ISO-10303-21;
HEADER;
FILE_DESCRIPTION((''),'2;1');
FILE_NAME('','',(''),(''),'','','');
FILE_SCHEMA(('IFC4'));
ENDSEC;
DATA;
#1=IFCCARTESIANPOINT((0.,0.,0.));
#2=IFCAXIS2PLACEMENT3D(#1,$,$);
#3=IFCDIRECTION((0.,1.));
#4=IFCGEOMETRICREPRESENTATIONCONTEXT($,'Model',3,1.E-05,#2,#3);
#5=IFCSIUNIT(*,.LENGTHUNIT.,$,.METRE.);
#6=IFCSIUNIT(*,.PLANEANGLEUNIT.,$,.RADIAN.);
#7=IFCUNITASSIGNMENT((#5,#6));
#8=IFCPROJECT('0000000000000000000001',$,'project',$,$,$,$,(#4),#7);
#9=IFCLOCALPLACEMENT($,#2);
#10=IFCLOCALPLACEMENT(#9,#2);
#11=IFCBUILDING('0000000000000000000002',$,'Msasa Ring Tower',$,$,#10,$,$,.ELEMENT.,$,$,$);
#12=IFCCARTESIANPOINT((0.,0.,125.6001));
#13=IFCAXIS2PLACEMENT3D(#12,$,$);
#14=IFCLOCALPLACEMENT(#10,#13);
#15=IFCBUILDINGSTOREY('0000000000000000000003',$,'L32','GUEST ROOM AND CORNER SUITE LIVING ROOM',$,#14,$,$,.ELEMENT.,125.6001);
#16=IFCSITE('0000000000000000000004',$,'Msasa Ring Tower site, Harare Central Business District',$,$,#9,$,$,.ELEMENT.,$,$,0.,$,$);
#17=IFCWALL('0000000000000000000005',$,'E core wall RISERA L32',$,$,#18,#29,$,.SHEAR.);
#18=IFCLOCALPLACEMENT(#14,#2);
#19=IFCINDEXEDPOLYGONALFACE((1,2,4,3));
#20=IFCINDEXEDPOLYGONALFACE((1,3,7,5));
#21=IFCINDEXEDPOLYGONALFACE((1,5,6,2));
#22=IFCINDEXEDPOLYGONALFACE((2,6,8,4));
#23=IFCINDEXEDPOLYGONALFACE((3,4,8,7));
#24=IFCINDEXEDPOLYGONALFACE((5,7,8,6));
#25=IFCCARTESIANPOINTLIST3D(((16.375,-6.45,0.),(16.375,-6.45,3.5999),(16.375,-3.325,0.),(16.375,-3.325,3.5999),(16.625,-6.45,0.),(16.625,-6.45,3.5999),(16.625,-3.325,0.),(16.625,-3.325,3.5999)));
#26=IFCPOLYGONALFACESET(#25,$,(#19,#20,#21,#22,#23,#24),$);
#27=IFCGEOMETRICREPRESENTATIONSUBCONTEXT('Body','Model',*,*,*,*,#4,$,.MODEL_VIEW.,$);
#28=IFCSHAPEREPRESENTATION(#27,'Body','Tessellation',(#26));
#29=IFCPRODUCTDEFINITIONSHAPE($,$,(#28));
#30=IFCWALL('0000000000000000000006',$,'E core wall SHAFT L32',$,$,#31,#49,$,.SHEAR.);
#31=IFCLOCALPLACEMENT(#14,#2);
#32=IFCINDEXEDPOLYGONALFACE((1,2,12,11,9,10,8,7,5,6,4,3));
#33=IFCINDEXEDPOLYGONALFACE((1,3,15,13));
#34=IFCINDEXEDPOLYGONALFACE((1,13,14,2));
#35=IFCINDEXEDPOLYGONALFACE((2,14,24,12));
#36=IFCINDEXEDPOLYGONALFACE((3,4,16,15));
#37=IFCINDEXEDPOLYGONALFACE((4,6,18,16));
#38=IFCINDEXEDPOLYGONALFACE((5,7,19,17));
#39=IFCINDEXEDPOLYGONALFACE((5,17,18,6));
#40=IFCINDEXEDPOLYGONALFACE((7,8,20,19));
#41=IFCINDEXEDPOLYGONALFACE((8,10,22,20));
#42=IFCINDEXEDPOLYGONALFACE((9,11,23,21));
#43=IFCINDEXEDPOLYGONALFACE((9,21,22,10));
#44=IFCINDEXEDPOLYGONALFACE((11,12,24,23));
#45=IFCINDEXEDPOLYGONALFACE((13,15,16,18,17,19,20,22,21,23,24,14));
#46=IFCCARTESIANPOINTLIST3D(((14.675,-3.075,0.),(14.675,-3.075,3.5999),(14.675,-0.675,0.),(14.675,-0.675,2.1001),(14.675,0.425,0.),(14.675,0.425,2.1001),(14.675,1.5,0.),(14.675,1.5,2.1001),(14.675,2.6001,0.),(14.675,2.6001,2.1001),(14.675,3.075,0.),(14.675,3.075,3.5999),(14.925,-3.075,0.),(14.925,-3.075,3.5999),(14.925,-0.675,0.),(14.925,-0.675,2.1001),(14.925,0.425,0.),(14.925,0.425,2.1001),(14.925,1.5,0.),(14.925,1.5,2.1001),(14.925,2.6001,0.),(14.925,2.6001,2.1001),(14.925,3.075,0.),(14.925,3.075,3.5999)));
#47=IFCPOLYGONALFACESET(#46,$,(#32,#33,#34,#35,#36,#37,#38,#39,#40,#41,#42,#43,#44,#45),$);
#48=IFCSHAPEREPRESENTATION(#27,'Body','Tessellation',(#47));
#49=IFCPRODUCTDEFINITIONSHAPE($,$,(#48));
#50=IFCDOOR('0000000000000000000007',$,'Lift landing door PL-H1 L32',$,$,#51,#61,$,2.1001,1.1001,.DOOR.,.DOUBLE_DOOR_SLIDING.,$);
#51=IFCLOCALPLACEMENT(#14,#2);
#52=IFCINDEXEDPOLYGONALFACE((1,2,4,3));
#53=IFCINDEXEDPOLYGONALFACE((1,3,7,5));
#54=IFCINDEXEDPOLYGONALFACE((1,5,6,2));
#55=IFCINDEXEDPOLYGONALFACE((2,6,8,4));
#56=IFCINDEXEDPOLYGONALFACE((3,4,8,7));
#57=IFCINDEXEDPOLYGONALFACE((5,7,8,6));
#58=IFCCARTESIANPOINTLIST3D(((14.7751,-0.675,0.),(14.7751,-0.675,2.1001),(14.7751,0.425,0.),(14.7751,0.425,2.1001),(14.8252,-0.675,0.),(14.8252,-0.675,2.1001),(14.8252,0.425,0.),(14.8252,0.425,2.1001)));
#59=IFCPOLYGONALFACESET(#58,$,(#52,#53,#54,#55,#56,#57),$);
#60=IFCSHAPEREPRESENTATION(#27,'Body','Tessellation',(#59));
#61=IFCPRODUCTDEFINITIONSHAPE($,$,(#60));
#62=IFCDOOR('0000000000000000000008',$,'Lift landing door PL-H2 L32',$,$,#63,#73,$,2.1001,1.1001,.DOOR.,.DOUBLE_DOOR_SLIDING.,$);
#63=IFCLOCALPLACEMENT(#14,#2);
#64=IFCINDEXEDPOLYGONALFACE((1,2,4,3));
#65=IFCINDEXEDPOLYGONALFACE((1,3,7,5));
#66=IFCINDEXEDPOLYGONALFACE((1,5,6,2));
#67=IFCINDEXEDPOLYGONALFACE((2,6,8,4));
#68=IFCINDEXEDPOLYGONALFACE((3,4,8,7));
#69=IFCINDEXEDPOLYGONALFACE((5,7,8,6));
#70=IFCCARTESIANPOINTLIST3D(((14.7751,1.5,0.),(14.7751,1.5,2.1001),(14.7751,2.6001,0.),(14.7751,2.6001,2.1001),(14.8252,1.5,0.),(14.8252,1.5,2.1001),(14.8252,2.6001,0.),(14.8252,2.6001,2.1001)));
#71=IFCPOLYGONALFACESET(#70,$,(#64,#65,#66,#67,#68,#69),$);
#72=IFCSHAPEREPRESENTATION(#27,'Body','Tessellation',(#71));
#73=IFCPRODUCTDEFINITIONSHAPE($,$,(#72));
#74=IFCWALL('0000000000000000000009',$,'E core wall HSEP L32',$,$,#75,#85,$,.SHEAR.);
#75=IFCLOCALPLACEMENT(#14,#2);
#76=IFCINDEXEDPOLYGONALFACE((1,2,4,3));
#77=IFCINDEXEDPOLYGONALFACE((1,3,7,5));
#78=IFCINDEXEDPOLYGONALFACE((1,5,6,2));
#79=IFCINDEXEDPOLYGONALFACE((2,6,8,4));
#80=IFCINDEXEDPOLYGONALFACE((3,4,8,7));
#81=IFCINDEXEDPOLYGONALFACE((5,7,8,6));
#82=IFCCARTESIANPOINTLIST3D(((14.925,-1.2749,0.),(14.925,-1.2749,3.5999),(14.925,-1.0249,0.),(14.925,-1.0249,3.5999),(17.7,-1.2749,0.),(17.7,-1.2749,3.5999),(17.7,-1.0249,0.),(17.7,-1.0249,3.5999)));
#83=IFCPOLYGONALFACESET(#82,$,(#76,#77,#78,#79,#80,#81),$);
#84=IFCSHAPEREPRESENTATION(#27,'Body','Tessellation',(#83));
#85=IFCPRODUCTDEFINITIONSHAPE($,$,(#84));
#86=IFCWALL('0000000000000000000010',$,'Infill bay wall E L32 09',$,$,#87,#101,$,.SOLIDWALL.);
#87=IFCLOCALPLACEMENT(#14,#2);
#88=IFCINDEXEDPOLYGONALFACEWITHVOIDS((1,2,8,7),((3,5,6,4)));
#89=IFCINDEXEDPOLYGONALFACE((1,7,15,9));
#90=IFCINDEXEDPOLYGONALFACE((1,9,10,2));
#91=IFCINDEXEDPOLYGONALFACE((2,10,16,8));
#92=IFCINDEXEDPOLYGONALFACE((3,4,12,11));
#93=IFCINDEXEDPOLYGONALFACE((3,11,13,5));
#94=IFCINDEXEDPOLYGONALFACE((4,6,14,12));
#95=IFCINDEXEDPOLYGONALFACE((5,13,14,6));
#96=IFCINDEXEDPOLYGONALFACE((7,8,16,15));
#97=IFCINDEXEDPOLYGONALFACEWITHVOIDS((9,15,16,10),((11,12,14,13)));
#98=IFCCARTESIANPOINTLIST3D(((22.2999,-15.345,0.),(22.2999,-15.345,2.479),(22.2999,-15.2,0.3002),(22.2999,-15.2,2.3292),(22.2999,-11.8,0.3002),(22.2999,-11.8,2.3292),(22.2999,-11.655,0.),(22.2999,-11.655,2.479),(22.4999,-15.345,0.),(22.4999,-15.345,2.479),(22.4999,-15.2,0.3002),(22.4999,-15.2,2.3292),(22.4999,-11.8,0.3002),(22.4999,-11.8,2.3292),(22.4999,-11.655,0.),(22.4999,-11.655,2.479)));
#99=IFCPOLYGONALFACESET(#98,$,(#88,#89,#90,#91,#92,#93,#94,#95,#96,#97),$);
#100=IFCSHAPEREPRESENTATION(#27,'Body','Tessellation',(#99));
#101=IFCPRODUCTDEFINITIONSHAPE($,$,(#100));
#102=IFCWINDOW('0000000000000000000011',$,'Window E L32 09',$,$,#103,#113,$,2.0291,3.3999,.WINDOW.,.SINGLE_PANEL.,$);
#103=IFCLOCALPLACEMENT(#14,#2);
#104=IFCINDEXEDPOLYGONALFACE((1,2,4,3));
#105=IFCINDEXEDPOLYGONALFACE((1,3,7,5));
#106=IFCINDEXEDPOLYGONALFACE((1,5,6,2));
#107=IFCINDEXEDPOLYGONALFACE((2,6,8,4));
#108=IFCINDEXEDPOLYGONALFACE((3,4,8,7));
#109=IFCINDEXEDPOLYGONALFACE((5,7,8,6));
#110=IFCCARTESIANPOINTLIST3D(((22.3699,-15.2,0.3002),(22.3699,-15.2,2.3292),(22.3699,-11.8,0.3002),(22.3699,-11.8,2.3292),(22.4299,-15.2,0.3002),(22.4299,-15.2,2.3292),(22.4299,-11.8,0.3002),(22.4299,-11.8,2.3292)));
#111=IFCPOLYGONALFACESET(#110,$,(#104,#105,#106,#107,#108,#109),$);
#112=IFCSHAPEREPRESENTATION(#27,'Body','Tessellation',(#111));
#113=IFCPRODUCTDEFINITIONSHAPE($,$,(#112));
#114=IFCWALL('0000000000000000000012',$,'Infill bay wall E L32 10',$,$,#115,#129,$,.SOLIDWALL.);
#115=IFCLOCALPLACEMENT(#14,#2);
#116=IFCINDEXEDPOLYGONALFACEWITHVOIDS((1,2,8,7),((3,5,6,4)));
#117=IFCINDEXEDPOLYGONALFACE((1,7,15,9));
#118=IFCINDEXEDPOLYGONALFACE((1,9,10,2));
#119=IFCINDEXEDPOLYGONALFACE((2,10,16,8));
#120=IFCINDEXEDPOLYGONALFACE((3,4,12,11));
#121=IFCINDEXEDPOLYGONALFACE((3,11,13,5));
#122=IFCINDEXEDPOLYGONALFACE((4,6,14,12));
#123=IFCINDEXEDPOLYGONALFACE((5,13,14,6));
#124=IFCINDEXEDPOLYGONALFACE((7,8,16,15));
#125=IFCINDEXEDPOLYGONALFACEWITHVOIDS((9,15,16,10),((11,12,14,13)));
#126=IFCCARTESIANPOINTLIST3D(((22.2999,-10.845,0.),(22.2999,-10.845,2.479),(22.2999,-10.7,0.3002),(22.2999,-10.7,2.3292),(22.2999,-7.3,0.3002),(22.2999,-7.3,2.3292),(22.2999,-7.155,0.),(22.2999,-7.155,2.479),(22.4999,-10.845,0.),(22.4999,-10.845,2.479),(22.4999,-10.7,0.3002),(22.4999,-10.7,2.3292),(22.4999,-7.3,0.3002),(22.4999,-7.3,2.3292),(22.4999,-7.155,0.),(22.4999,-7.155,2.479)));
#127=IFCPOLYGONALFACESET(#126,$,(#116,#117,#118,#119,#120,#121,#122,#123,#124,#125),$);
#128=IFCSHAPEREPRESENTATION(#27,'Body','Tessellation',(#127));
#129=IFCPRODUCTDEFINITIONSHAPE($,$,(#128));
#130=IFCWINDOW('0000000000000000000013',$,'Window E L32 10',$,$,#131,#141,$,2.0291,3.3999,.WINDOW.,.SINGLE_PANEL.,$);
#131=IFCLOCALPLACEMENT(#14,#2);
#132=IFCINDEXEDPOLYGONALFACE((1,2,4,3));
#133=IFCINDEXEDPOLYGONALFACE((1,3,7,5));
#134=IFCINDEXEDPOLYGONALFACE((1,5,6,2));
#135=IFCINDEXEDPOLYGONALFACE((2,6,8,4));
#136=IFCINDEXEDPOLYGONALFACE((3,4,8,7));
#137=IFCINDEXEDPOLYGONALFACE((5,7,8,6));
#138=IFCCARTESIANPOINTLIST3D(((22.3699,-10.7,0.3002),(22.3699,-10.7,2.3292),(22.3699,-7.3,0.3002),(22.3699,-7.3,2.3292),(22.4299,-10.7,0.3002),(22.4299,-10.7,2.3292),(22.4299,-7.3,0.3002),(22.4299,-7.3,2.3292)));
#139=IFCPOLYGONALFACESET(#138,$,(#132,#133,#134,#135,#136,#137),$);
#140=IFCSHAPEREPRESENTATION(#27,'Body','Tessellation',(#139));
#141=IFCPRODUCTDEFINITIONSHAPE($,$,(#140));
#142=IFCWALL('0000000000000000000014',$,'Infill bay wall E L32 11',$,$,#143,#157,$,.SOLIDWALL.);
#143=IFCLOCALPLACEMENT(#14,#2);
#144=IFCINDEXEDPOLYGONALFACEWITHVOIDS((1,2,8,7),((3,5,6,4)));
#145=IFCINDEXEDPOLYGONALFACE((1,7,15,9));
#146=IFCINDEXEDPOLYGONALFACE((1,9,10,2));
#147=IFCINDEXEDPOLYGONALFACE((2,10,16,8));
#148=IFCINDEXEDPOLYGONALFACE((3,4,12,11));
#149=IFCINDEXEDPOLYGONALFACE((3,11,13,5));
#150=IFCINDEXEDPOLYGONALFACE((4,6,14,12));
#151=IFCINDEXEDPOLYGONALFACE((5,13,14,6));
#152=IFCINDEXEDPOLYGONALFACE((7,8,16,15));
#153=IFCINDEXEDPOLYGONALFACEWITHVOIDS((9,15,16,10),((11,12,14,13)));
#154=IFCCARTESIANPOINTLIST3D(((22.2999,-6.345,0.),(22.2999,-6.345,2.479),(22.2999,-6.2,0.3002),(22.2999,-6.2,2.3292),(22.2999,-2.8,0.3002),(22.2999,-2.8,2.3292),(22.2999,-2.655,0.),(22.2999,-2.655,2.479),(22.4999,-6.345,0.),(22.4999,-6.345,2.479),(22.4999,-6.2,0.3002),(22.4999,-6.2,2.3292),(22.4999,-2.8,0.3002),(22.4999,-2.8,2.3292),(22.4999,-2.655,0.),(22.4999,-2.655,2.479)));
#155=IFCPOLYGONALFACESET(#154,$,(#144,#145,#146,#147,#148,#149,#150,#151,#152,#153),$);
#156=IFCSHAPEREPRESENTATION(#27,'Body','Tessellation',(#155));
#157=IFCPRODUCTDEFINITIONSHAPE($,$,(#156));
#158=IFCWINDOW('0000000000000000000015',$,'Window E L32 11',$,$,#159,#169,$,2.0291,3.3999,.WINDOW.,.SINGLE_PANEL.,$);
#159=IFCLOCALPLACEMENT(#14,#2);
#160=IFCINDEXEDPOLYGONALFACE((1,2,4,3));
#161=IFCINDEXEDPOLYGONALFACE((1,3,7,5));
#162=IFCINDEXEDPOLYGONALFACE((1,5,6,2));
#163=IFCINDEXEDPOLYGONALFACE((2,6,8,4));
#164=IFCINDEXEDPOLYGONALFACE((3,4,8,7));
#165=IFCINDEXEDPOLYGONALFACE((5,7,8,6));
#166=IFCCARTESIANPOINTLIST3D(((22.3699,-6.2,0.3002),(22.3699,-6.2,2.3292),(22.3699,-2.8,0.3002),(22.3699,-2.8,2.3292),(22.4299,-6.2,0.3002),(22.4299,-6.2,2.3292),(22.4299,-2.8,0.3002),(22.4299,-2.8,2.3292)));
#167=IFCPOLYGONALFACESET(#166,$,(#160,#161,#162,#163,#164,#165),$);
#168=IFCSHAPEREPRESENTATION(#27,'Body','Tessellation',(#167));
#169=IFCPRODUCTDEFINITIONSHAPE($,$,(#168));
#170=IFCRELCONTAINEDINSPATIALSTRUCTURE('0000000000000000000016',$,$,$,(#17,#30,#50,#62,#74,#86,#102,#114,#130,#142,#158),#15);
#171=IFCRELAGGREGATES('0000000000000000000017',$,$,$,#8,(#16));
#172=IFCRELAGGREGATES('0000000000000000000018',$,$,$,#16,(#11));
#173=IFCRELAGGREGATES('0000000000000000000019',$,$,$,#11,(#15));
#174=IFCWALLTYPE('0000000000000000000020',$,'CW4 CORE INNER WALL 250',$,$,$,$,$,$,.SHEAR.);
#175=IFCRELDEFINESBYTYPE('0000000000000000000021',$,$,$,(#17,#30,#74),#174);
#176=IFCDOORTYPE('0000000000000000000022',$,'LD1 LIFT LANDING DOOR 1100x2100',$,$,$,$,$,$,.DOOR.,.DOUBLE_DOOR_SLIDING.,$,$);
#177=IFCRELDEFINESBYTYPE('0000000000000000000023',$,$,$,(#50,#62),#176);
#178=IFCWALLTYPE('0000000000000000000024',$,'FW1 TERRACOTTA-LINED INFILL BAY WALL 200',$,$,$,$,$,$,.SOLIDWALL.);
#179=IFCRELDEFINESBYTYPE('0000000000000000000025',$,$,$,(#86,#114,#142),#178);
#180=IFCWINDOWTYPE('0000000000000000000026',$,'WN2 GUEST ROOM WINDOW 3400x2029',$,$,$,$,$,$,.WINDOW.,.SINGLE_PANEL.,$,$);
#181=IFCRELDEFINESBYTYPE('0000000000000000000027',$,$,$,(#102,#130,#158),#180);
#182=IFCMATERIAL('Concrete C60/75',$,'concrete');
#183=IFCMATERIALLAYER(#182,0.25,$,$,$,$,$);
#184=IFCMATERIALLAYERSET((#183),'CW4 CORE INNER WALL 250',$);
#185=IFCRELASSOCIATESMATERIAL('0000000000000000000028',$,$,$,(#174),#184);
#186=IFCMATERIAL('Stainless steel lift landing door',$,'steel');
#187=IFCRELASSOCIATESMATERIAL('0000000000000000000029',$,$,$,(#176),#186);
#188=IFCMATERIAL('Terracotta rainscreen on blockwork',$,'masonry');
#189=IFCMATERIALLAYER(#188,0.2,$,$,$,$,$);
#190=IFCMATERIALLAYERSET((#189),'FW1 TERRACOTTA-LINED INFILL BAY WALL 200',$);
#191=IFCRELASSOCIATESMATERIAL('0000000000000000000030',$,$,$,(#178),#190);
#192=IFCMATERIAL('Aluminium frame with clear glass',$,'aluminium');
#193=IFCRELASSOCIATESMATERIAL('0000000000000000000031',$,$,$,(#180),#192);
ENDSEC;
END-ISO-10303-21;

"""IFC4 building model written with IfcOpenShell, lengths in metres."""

from ifc_helpers import new_model, si_unit, direction, frame, frame_2d, origin, place, context, subcontext, project, spatial, rectangle, extrude, material, layer, layer_set, type_object, element, fill, save


model = new_model("IFC4")

# Units and contexts
model_context = context("Model", 3, precision=1e-05, world=origin(), true_north=direction((0.0, 1.0)))
body_context = subcontext(model_context, "Body", "Model", "MODEL_VIEW")
ifc_project = project(units=[si_unit("LENGTHUNIT", "METRE"), si_unit("PLANEANGLEUNIT", "RADIAN")], contexts=[model_context])

# Site, building, storey
site_placement = place(None, origin())
site = spatial("IfcSite", under=ifc_project, at=site_placement, Name="Msasa Ring Tower site, Harare Central Business District", CompositionType="ELEMENT", RefElevation=0.0)
building_placement = place(site_placement, origin())
building = spatial("IfcBuilding", under=site, at=building_placement, Name="Msasa Ring Tower", CompositionType="ELEMENT")
storey_placement = place(building_placement, frame((0.0, 0.0, 125.6001)))
storey = spatial("IfcBuildingStorey", under=building, at=storey_placement, Name="L32", Description="GUEST ROOM AND CORNER SUITE LIVING ROOM", CompositionType="ELEMENT", Elevation=125.6001)

# Wall
ifc_material_1 = material(Name="Concrete C60/75", Category="concrete")
ifc_layer_1 = layer(ifc_material_1, 0.25)
ifc_layer_set_1 = layer_set([ifc_layer_1], Name="CW4 CORE INNER WALL 250")
wall_type_1 = type_object("IfcWallType", Name="CW4 CORE INNER WALL 250", PredefinedType="SHEAR", material=ifc_layer_set_1)
wall_1_placement = place(storey_placement, frame((16.5, -6.45, 0.0), z_axis=(0.0, 0.0, 1.0), x_axis=(0.0, 1.0, 0.0)))
element("IfcWall", 1, at=wall_1_placement, inside=storey, type_object=wall_type_1, Name="E core wall RISERA L32", PredefinedType="SHEAR", context=body_context, shape_type="SweptSolid", body=[
    extrude(rectangle(XDim=3.125, YDim=0.25, at=frame_2d((1.5625, 0.0))), origin(), (0.0, 0.0, 1.0), 3.5999),
])

# Wall, openings, doors
wall_2_placement = place(storey_placement, frame((14.8, -3.075, 0.0), z_axis=(0.0, 0.0, 1.0), x_axis=(0.0, 1.0, 0.0)))
wall_2 = element("IfcWall", 2, at=wall_2_placement, inside=storey, type_object=wall_type_1, Name="E core wall SHAFT L32", PredefinedType="SHEAR", context=body_context, shape_type="SweptSolid", body=[
    extrude(rectangle(XDim=6.1499, YDim=0.25, at=frame_2d((3.075, 0.0))), origin(), (0.0, 0.0, 1.0), 3.5999),
])
opening_1_placement = place(wall_2_placement, frame((2.3999, 0.0, 0.0)))
opening_1 = element("IfcOpeningElement", 3, at=opening_1_placement, cuts=wall_2, PredefinedType="OPENING", context=body_context, shape_type="SweptSolid", body=[
    extrude(rectangle(XDim=1.1001, YDim=2.1001, at=frame_2d((0.55, 1.05))), frame((0.0, 0.135, 0.0), z_axis=(0.0, -1.0, 0.0), x_axis=(1.0, 0.0, 0.0)), (0.0, 0.0, 1.0), 0.27),
])
opening_2_placement = place(wall_2_placement, frame((4.575, 0.0, 0.0)))
opening_2 = element("IfcOpeningElement", 4, at=opening_2_placement, cuts=wall_2, PredefinedType="OPENING", context=body_context, shape_type="SweptSolid", body=[
    extrude(rectangle(XDim=1.1001, YDim=2.1001, at=frame_2d((0.55, 1.05))), frame((0.0, 0.135, 0.0), z_axis=(0.0, -1.0, 0.0), x_axis=(1.0, 0.0, 0.0)), (0.0, 0.0, 1.0), 0.27),
])
ifc_material_2 = material(Name="Stainless steel lift landing door", Category="steel")
door_type_1 = type_object("IfcDoorType", Name="LD1 LIFT LANDING DOOR 1100x2100", OperationType="DOUBLE_DOOR_SLIDING", PredefinedType="DOOR", material=ifc_material_2)
door_1_placement = place(opening_1_placement, origin())
door_1 = element("IfcDoor", 5, at=door_1_placement, inside=storey, type_object=door_type_1, Name="Lift landing door PL-H1 L32", OperationType="DOUBLE_DOOR_SLIDING", OverallHeight=2.1001, OverallWidth=1.1001, PredefinedType="DOOR", context=body_context, shape_type="SweptSolid", body=[
    extrude(rectangle(XDim=1.1001, YDim=2.1001, at=frame_2d((0.55, 1.05))), frame((0.0, 0.0249, 0.0), z_axis=(0.0, -1.0, 0.0), x_axis=(1.0, 0.0, 0.0)), (0.0, 0.0, 1.0), 0.05),
])
fill(opening_1, door_1)
door_2_placement = place(opening_2_placement, origin())
door_2 = element("IfcDoor", 6, at=door_2_placement, inside=storey, type_object=door_type_1, Name="Lift landing door PL-H2 L32", OperationType="DOUBLE_DOOR_SLIDING", OverallHeight=2.1001, OverallWidth=1.1001, PredefinedType="DOOR", context=body_context, shape_type="SweptSolid", body=[
    extrude(rectangle(XDim=1.1001, YDim=2.1001, at=frame_2d((0.55, 1.05))), frame((0.0, 0.0249, 0.0), z_axis=(0.0, -1.0, 0.0), x_axis=(1.0, 0.0, 0.0)), (0.0, 0.0, 1.0), 0.05),
])
fill(opening_2, door_2)

# Wall
wall_3_placement = place(storey_placement, frame((14.925, -1.1499, 0.0), z_axis=(0.0, 0.0, 1.0), x_axis=(1.0, 0.0, 0.0)))
element("IfcWall", 7, at=wall_3_placement, inside=storey, type_object=wall_type_1, Name="E core wall HSEP L32", PredefinedType="SHEAR", context=body_context, shape_type="SweptSolid", body=[
    extrude(rectangle(XDim=2.7749, YDim=0.25, at=frame_2d((1.3875, 0.0))), origin(), (0.0, 0.0, 1.0), 3.5999),
])

# Walls, openings, windows
ifc_material_3 = material(Name="Terracotta rainscreen on blockwork", Category="masonry")
ifc_layer_2 = layer(ifc_material_3, 0.2)
ifc_layer_set_2 = layer_set([ifc_layer_2], Name="FW1 TERRACOTTA-LINED INFILL BAY WALL 200")
wall_type_2 = type_object("IfcWallType", Name="FW1 TERRACOTTA-LINED INFILL BAY WALL 200", PredefinedType="SOLIDWALL", material=ifc_layer_set_2)
wall_4_placement = place(storey_placement, frame((22.3999, -15.345, 0.0), z_axis=(0.0, 0.0, 1.0), x_axis=(0.0, 1.0, 0.0)))
wall_4 = element("IfcWall", 8, at=wall_4_placement, inside=storey, type_object=wall_type_2, Name="Infill bay wall E L32 09", PredefinedType="SOLIDWALL", context=body_context, shape_type="SweptSolid", body=[
    extrude(rectangle(XDim=3.6899, YDim=0.2, at=frame_2d((1.845, 0.0))), origin(), (0.0, 0.0, 1.0), 2.479),
])
opening_3_placement = place(wall_4_placement, frame((0.145, 0.0, 0.3)))
opening_3 = element("IfcOpeningElement", 9, at=opening_3_placement, cuts=wall_4, PredefinedType="OPENING", context=body_context, shape_type="SweptSolid", body=[
    extrude(rectangle(XDim=3.3999, YDim=2.0291, at=frame_2d((1.7, 1.0146))), frame((0.0, 0.1099, 0.0), z_axis=(0.0, -1.0, 0.0), x_axis=(1.0, 0.0, 0.0)), (0.0, 0.0, 1.0), 0.22),
])
ifc_material_4 = material(Name="Aluminium frame with clear glass", Category="aluminium")
window_type = type_object("IfcWindowType", Name="WN2 GUEST ROOM WINDOW 3400x2029", PartitioningType="SINGLE_PANEL", PredefinedType="WINDOW", material=ifc_material_4)
window_1_placement = place(opening_3_placement, origin())
window_1 = element("IfcWindow", 10, at=window_1_placement, inside=storey, type_object=window_type, Name="Window E L32 09", OverallHeight=2.0291, OverallWidth=3.3999, PartitioningType="SINGLE_PANEL", PredefinedType="WINDOW", context=body_context, shape_type="SweptSolid", body=[
    extrude(rectangle(XDim=3.3999, YDim=2.0291, at=frame_2d((1.7, 1.0146))), frame((0.0, 0.03, 0.0), z_axis=(0.0, -1.0, 0.0), x_axis=(1.0, 0.0, 0.0)), (0.0, 0.0, 1.0), 0.0601),
])
fill(opening_3, window_1)
wall_5_placement = place(storey_placement, frame((22.3999, -10.845, 0.0), z_axis=(0.0, 0.0, 1.0), x_axis=(0.0, 1.0, 0.0)))
wall_5 = element("IfcWall", 11, at=wall_5_placement, inside=storey, type_object=wall_type_2, Name="Infill bay wall E L32 10", PredefinedType="SOLIDWALL", context=body_context, shape_type="SweptSolid", body=[
    extrude(rectangle(XDim=3.6899, YDim=0.2, at=frame_2d((1.845, 0.0))), origin(), (0.0, 0.0, 1.0), 2.479),
])
opening_4_placement = place(wall_5_placement, frame((0.145, 0.0, 0.3)))
opening_4 = element("IfcOpeningElement", 12, at=opening_4_placement, cuts=wall_5, PredefinedType="OPENING", context=body_context, shape_type="SweptSolid", body=[
    extrude(rectangle(XDim=3.3999, YDim=2.0291, at=frame_2d((1.7, 1.0146))), frame((0.0, 0.1099, 0.0), z_axis=(0.0, -1.0, 0.0), x_axis=(1.0, 0.0, 0.0)), (0.0, 0.0, 1.0), 0.22),
])
window_2_placement = place(opening_4_placement, origin())
window_2 = element("IfcWindow", 13, at=window_2_placement, inside=storey, type_object=window_type, Name="Window E L32 10", OverallHeight=2.0291, OverallWidth=3.3999, PartitioningType="SINGLE_PANEL", PredefinedType="WINDOW", context=body_context, shape_type="SweptSolid", body=[
    extrude(rectangle(XDim=3.3999, YDim=2.0291, at=frame_2d((1.7, 1.0146))), frame((0.0, 0.03, 0.0), z_axis=(0.0, -1.0, 0.0), x_axis=(1.0, 0.0, 0.0)), (0.0, 0.0, 1.0), 0.0601),
])
fill(opening_4, window_2)
wall_6_placement = place(storey_placement, frame((22.3999, -6.345, 0.0), z_axis=(0.0, 0.0, 1.0), x_axis=(0.0, 1.0, 0.0)))
wall_6 = element("IfcWall", 14, at=wall_6_placement, inside=storey, type_object=wall_type_2, Name="Infill bay wall E L32 11", PredefinedType="SOLIDWALL", context=body_context, shape_type="SweptSolid", body=[
    extrude(rectangle(XDim=3.6899, YDim=0.2, at=frame_2d((1.845, 0.0))), origin(), (0.0, 0.0, 1.0), 2.479),
])
opening_5_placement = place(wall_6_placement, frame((0.145, 0.0, 0.3)))
opening_5 = element("IfcOpeningElement", 15, at=opening_5_placement, cuts=wall_6, PredefinedType="OPENING", context=body_context, shape_type="SweptSolid", body=[
    extrude(rectangle(XDim=3.3999, YDim=2.0291, at=frame_2d((1.7, 1.0146))), frame((0.0, 0.1099, 0.0), z_axis=(0.0, -1.0, 0.0), x_axis=(1.0, 0.0, 0.0)), (0.0, 0.0, 1.0), 0.22),
])
window_3_placement = place(opening_5_placement, origin())
window_3 = element("IfcWindow", 16, at=window_3_placement, inside=storey, type_object=window_type, Name="Window E L32 11", OverallHeight=2.0291, OverallWidth=3.3999, PartitioningType="SINGLE_PANEL", PredefinedType="WINDOW", context=body_context, shape_type="SweptSolid", body=[
    extrude(rectangle(XDim=3.3999, YDim=2.0291, at=frame_2d((1.7, 1.0146))), frame((0.0, 0.03, 0.0), z_axis=(0.0, -1.0, 0.0), x_axis=(1.0, 0.0, 0.0)), (0.0, 0.0, 1.0), 0.0601),
])
fill(opening_5, window_3)

save(model, "model.ifc")
